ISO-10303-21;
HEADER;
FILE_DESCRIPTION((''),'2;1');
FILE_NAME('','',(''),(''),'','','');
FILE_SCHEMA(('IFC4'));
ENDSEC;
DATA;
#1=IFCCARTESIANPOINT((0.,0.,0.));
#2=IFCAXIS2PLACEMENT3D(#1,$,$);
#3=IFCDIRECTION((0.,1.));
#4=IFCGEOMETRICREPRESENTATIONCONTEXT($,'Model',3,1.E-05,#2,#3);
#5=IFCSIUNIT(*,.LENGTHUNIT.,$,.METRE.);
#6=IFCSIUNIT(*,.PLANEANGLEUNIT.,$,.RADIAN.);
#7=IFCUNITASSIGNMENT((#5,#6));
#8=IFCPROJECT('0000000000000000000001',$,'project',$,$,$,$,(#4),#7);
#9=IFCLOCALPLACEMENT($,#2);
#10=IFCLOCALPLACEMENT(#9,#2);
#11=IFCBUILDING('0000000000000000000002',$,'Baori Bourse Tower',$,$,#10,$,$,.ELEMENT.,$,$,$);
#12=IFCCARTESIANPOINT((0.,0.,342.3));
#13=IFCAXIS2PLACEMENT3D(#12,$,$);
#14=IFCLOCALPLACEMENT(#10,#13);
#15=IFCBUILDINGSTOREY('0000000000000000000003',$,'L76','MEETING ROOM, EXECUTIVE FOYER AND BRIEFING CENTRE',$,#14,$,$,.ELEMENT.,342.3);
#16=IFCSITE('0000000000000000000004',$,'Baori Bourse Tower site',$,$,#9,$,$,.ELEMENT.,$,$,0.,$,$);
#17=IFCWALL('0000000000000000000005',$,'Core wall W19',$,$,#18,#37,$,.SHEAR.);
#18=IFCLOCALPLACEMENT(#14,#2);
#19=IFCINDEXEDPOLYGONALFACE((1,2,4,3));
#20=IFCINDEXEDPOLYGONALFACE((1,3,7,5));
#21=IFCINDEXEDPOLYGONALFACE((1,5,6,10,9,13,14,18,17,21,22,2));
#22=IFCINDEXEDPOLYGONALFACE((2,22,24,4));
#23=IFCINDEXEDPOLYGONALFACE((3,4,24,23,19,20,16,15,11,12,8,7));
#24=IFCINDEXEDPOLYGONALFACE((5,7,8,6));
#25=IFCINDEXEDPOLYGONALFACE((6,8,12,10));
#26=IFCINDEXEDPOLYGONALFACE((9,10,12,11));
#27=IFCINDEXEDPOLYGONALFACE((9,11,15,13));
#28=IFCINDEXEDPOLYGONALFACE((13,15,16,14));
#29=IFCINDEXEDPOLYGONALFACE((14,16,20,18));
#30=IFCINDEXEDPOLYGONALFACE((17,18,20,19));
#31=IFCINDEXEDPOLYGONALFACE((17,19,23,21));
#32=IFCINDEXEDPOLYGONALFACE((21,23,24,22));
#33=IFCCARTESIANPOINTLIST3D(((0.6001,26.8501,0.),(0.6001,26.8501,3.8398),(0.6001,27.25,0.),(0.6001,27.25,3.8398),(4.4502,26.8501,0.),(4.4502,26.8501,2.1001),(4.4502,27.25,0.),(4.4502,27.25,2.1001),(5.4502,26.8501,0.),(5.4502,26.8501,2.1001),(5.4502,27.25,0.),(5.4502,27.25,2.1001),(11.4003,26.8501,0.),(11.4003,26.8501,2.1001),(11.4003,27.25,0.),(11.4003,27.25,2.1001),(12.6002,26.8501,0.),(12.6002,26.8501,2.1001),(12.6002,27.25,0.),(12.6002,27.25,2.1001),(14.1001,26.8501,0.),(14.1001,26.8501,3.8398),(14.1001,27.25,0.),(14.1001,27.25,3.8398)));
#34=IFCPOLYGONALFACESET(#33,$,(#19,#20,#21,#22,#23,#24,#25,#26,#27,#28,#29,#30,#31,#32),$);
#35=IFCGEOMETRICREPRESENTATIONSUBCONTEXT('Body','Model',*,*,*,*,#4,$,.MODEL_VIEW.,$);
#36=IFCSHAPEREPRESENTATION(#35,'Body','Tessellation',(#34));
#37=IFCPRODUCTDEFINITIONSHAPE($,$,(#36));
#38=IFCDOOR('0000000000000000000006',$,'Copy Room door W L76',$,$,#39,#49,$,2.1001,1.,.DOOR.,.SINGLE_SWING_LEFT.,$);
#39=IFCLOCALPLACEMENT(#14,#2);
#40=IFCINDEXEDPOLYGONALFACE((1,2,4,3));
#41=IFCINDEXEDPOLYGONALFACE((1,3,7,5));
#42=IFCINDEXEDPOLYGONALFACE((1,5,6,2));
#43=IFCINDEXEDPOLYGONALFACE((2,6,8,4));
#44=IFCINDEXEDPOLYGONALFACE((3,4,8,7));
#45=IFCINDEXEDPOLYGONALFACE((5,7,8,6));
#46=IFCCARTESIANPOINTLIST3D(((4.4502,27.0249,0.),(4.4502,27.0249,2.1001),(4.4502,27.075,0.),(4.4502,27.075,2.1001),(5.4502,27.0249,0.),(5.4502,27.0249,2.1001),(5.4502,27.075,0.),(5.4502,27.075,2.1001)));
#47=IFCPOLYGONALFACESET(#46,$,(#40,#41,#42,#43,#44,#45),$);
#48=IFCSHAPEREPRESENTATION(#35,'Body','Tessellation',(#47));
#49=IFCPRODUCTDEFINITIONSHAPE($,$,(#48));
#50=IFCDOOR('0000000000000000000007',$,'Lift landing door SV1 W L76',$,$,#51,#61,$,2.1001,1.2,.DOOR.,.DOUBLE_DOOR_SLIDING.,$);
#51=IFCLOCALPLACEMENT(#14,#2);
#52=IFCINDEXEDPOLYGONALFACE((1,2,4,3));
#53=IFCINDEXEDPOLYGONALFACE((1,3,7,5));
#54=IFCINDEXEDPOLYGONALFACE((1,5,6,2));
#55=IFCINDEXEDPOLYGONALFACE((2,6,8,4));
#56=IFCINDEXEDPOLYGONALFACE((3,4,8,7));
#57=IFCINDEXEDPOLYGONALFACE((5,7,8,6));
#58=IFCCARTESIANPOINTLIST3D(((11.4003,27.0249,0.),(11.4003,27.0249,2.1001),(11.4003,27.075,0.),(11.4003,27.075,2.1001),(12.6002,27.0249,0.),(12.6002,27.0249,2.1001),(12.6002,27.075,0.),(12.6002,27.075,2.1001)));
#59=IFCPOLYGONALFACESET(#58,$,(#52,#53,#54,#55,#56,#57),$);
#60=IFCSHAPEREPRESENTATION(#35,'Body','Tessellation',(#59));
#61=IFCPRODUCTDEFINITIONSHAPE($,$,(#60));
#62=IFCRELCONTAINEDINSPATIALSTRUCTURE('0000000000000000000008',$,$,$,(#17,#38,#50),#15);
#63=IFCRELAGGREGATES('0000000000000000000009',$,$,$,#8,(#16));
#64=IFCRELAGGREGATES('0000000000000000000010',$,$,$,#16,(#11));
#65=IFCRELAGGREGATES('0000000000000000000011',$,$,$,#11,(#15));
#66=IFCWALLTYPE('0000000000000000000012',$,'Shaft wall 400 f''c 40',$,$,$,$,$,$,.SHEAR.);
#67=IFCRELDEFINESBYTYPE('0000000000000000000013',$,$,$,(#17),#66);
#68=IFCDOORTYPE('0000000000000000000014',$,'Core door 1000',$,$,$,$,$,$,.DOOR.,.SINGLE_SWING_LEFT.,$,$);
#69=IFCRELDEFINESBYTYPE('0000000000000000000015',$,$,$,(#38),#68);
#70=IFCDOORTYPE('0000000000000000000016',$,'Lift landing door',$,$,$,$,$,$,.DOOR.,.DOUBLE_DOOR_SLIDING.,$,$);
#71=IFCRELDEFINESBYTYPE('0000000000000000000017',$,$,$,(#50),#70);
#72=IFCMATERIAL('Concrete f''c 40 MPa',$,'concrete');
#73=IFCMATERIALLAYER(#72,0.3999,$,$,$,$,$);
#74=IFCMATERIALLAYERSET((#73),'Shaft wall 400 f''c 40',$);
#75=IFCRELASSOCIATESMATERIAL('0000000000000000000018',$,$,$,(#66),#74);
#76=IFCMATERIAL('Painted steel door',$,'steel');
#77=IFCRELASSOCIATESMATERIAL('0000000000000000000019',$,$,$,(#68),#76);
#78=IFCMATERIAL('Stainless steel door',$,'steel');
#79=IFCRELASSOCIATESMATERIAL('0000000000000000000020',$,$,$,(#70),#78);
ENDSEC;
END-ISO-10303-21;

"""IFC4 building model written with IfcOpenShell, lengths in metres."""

from ifc_helpers import new_model, si_unit, direction, frame, frame_2d, origin, place, context, subcontext, project, spatial, rectangle, extrude, material, layer, layer_set, type_object, element, fill, save


model = new_model("IFC4")

# Units and contexts
model_context = context("Model", 3, precision=1e-05, world=origin(), true_north=direction((0.0, 1.0)))
body_context = subcontext(model_context, "Body", "Model", "MODEL_VIEW")
ifc_project = project(units=[si_unit("LENGTHUNIT", "METRE"), si_unit("PLANEANGLEUNIT", "RADIAN")], contexts=[model_context])

# Site, building, storey
site_placement = place(None, origin())
site = spatial("IfcSite", under=ifc_project, at=site_placement, Name="Baori Bourse Tower site", CompositionType="ELEMENT", RefElevation=0.0)
building_placement = place(site_placement, origin())
building = spatial("IfcBuilding", under=site, at=building_placement, Name="Baori Bourse Tower", CompositionType="ELEMENT")
storey_placement = place(building_placement, frame((0.0, 0.0, 342.3)))
storey = spatial("IfcBuildingStorey", under=building, at=storey_placement, Name="L76", Description="MEETING ROOM, EXECUTIVE FOYER AND BRIEFING CENTRE", CompositionType="ELEMENT", Elevation=342.3)

# Wall, openings, doors
ifc_material_1 = material(Name="Concrete f'c 40 MPa", Category="concrete")
ifc_layer_1 = layer(ifc_material_1, 0.3999)
ifc_layer_set_1 = layer_set([ifc_layer_1], Name="Shaft wall 400 f'c 40")
wall_type_1 = type_object("IfcWallType", Name="Shaft wall 400 f'c 40", PredefinedType="SHEAR", material=ifc_layer_set_1)
wall_1_placement = place(storey_placement, frame((0.6001, 27.05, 0.0), z_axis=(0.0, 0.0, 1.0), x_axis=(1.0, 0.0, 0.0)))
wall_1 = element("IfcWall", 1, at=wall_1_placement, inside=storey, type_object=wall_type_1, Name="Core wall W19", PredefinedType="SHEAR", context=body_context, shape_type="SweptSolid", body=[
    extrude(rectangle(XDim=13.5, YDim=0.3999, at=frame_2d((6.75, 0.0))), origin(), (0.0, 0.0, 1.0), 3.8398),
])
opening_1_placement = place(wall_1_placement, frame((3.8501, 0.0, 0.0)))
opening_1 = element("IfcOpeningElement", 2, at=opening_1_placement, cuts=wall_1, PredefinedType="OPENING", context=body_context, shape_type="SweptSolid", body=[
    extrude(rectangle(XDim=1.0, YDim=2.1001, at=frame_2d((0.5, 1.05))), frame((0.0, 0.21, 0.0), z_axis=(0.0, -1.0, 0.0), x_axis=(1.0, 0.0, 0.0)), (0.0, 0.0, 1.0), 0.4199),
])
opening_2_placement = place(wall_1_placement, frame((10.8, 0.0, 0.0)))
opening_2 = element("IfcOpeningElement", 3, at=opening_2_placement, cuts=wall_1, PredefinedType="OPENING", context=body_context, shape_type="SweptSolid", body=[
    extrude(rectangle(XDim=1.2, YDim=2.1001, at=frame_2d((0.6001, 1.05))), frame((0.0, 0.21, 0.0), z_axis=(0.0, -1.0, 0.0), x_axis=(1.0, 0.0, 0.0)), (0.0, 0.0, 1.0), 0.4199),
])
ifc_material_2 = material(Name="Painted steel door", Category="steel")
door_type_1 = type_object("IfcDoorType", Name="Core door 1000", OperationType="SINGLE_SWING_LEFT", PredefinedType="DOOR", material=ifc_material_2)
door_1_placement = place(opening_1_placement, origin())
door_1 = element("IfcDoor", 4, at=door_1_placement, inside=storey, type_object=door_type_1, Name="Copy Room door W L76", OperationType="SINGLE_SWING_LEFT", OverallHeight=2.1001, OverallWidth=1.0, PredefinedType="DOOR", context=body_context, shape_type="SweptSolid", body=[
    extrude(rectangle(XDim=1.0, YDim=2.1001, at=frame_2d((0.5, 1.05))), frame((0.0, 0.0249, 0.0), z_axis=(0.0, -1.0, 0.0), x_axis=(1.0, 0.0, 0.0)), (0.0, 0.0, 1.0), 0.05),
])
fill(opening_1, door_1)
ifc_material_3 = material(Name="Stainless steel door", Category="steel")
door_type_2 = type_object("IfcDoorType", Name="Lift landing door", OperationType="DOUBLE_DOOR_SLIDING", PredefinedType="DOOR", material=ifc_material_3)
door_2_placement = place(opening_2_placement, origin())
door_2 = element("IfcDoor", 5, at=door_2_placement, inside=storey, type_object=door_type_2, Name="Lift landing door SV1 W L76", OperationType="DOUBLE_DOOR_SLIDING", OverallHeight=2.1001, OverallWidth=1.2, PredefinedType="DOOR", context=body_context, shape_type="SweptSolid", body=[
    extrude(rectangle(XDim=1.2, YDim=2.1001, at=frame_2d((0.6001, 1.05))), frame((0.0, 0.0249, 0.0), z_axis=(0.0, -1.0, 0.0), x_axis=(1.0, 0.0, 0.0)), (0.0, 0.0, 1.0), 0.05),
])
fill(opening_2, door_2)

save(model, "model.ifc")
